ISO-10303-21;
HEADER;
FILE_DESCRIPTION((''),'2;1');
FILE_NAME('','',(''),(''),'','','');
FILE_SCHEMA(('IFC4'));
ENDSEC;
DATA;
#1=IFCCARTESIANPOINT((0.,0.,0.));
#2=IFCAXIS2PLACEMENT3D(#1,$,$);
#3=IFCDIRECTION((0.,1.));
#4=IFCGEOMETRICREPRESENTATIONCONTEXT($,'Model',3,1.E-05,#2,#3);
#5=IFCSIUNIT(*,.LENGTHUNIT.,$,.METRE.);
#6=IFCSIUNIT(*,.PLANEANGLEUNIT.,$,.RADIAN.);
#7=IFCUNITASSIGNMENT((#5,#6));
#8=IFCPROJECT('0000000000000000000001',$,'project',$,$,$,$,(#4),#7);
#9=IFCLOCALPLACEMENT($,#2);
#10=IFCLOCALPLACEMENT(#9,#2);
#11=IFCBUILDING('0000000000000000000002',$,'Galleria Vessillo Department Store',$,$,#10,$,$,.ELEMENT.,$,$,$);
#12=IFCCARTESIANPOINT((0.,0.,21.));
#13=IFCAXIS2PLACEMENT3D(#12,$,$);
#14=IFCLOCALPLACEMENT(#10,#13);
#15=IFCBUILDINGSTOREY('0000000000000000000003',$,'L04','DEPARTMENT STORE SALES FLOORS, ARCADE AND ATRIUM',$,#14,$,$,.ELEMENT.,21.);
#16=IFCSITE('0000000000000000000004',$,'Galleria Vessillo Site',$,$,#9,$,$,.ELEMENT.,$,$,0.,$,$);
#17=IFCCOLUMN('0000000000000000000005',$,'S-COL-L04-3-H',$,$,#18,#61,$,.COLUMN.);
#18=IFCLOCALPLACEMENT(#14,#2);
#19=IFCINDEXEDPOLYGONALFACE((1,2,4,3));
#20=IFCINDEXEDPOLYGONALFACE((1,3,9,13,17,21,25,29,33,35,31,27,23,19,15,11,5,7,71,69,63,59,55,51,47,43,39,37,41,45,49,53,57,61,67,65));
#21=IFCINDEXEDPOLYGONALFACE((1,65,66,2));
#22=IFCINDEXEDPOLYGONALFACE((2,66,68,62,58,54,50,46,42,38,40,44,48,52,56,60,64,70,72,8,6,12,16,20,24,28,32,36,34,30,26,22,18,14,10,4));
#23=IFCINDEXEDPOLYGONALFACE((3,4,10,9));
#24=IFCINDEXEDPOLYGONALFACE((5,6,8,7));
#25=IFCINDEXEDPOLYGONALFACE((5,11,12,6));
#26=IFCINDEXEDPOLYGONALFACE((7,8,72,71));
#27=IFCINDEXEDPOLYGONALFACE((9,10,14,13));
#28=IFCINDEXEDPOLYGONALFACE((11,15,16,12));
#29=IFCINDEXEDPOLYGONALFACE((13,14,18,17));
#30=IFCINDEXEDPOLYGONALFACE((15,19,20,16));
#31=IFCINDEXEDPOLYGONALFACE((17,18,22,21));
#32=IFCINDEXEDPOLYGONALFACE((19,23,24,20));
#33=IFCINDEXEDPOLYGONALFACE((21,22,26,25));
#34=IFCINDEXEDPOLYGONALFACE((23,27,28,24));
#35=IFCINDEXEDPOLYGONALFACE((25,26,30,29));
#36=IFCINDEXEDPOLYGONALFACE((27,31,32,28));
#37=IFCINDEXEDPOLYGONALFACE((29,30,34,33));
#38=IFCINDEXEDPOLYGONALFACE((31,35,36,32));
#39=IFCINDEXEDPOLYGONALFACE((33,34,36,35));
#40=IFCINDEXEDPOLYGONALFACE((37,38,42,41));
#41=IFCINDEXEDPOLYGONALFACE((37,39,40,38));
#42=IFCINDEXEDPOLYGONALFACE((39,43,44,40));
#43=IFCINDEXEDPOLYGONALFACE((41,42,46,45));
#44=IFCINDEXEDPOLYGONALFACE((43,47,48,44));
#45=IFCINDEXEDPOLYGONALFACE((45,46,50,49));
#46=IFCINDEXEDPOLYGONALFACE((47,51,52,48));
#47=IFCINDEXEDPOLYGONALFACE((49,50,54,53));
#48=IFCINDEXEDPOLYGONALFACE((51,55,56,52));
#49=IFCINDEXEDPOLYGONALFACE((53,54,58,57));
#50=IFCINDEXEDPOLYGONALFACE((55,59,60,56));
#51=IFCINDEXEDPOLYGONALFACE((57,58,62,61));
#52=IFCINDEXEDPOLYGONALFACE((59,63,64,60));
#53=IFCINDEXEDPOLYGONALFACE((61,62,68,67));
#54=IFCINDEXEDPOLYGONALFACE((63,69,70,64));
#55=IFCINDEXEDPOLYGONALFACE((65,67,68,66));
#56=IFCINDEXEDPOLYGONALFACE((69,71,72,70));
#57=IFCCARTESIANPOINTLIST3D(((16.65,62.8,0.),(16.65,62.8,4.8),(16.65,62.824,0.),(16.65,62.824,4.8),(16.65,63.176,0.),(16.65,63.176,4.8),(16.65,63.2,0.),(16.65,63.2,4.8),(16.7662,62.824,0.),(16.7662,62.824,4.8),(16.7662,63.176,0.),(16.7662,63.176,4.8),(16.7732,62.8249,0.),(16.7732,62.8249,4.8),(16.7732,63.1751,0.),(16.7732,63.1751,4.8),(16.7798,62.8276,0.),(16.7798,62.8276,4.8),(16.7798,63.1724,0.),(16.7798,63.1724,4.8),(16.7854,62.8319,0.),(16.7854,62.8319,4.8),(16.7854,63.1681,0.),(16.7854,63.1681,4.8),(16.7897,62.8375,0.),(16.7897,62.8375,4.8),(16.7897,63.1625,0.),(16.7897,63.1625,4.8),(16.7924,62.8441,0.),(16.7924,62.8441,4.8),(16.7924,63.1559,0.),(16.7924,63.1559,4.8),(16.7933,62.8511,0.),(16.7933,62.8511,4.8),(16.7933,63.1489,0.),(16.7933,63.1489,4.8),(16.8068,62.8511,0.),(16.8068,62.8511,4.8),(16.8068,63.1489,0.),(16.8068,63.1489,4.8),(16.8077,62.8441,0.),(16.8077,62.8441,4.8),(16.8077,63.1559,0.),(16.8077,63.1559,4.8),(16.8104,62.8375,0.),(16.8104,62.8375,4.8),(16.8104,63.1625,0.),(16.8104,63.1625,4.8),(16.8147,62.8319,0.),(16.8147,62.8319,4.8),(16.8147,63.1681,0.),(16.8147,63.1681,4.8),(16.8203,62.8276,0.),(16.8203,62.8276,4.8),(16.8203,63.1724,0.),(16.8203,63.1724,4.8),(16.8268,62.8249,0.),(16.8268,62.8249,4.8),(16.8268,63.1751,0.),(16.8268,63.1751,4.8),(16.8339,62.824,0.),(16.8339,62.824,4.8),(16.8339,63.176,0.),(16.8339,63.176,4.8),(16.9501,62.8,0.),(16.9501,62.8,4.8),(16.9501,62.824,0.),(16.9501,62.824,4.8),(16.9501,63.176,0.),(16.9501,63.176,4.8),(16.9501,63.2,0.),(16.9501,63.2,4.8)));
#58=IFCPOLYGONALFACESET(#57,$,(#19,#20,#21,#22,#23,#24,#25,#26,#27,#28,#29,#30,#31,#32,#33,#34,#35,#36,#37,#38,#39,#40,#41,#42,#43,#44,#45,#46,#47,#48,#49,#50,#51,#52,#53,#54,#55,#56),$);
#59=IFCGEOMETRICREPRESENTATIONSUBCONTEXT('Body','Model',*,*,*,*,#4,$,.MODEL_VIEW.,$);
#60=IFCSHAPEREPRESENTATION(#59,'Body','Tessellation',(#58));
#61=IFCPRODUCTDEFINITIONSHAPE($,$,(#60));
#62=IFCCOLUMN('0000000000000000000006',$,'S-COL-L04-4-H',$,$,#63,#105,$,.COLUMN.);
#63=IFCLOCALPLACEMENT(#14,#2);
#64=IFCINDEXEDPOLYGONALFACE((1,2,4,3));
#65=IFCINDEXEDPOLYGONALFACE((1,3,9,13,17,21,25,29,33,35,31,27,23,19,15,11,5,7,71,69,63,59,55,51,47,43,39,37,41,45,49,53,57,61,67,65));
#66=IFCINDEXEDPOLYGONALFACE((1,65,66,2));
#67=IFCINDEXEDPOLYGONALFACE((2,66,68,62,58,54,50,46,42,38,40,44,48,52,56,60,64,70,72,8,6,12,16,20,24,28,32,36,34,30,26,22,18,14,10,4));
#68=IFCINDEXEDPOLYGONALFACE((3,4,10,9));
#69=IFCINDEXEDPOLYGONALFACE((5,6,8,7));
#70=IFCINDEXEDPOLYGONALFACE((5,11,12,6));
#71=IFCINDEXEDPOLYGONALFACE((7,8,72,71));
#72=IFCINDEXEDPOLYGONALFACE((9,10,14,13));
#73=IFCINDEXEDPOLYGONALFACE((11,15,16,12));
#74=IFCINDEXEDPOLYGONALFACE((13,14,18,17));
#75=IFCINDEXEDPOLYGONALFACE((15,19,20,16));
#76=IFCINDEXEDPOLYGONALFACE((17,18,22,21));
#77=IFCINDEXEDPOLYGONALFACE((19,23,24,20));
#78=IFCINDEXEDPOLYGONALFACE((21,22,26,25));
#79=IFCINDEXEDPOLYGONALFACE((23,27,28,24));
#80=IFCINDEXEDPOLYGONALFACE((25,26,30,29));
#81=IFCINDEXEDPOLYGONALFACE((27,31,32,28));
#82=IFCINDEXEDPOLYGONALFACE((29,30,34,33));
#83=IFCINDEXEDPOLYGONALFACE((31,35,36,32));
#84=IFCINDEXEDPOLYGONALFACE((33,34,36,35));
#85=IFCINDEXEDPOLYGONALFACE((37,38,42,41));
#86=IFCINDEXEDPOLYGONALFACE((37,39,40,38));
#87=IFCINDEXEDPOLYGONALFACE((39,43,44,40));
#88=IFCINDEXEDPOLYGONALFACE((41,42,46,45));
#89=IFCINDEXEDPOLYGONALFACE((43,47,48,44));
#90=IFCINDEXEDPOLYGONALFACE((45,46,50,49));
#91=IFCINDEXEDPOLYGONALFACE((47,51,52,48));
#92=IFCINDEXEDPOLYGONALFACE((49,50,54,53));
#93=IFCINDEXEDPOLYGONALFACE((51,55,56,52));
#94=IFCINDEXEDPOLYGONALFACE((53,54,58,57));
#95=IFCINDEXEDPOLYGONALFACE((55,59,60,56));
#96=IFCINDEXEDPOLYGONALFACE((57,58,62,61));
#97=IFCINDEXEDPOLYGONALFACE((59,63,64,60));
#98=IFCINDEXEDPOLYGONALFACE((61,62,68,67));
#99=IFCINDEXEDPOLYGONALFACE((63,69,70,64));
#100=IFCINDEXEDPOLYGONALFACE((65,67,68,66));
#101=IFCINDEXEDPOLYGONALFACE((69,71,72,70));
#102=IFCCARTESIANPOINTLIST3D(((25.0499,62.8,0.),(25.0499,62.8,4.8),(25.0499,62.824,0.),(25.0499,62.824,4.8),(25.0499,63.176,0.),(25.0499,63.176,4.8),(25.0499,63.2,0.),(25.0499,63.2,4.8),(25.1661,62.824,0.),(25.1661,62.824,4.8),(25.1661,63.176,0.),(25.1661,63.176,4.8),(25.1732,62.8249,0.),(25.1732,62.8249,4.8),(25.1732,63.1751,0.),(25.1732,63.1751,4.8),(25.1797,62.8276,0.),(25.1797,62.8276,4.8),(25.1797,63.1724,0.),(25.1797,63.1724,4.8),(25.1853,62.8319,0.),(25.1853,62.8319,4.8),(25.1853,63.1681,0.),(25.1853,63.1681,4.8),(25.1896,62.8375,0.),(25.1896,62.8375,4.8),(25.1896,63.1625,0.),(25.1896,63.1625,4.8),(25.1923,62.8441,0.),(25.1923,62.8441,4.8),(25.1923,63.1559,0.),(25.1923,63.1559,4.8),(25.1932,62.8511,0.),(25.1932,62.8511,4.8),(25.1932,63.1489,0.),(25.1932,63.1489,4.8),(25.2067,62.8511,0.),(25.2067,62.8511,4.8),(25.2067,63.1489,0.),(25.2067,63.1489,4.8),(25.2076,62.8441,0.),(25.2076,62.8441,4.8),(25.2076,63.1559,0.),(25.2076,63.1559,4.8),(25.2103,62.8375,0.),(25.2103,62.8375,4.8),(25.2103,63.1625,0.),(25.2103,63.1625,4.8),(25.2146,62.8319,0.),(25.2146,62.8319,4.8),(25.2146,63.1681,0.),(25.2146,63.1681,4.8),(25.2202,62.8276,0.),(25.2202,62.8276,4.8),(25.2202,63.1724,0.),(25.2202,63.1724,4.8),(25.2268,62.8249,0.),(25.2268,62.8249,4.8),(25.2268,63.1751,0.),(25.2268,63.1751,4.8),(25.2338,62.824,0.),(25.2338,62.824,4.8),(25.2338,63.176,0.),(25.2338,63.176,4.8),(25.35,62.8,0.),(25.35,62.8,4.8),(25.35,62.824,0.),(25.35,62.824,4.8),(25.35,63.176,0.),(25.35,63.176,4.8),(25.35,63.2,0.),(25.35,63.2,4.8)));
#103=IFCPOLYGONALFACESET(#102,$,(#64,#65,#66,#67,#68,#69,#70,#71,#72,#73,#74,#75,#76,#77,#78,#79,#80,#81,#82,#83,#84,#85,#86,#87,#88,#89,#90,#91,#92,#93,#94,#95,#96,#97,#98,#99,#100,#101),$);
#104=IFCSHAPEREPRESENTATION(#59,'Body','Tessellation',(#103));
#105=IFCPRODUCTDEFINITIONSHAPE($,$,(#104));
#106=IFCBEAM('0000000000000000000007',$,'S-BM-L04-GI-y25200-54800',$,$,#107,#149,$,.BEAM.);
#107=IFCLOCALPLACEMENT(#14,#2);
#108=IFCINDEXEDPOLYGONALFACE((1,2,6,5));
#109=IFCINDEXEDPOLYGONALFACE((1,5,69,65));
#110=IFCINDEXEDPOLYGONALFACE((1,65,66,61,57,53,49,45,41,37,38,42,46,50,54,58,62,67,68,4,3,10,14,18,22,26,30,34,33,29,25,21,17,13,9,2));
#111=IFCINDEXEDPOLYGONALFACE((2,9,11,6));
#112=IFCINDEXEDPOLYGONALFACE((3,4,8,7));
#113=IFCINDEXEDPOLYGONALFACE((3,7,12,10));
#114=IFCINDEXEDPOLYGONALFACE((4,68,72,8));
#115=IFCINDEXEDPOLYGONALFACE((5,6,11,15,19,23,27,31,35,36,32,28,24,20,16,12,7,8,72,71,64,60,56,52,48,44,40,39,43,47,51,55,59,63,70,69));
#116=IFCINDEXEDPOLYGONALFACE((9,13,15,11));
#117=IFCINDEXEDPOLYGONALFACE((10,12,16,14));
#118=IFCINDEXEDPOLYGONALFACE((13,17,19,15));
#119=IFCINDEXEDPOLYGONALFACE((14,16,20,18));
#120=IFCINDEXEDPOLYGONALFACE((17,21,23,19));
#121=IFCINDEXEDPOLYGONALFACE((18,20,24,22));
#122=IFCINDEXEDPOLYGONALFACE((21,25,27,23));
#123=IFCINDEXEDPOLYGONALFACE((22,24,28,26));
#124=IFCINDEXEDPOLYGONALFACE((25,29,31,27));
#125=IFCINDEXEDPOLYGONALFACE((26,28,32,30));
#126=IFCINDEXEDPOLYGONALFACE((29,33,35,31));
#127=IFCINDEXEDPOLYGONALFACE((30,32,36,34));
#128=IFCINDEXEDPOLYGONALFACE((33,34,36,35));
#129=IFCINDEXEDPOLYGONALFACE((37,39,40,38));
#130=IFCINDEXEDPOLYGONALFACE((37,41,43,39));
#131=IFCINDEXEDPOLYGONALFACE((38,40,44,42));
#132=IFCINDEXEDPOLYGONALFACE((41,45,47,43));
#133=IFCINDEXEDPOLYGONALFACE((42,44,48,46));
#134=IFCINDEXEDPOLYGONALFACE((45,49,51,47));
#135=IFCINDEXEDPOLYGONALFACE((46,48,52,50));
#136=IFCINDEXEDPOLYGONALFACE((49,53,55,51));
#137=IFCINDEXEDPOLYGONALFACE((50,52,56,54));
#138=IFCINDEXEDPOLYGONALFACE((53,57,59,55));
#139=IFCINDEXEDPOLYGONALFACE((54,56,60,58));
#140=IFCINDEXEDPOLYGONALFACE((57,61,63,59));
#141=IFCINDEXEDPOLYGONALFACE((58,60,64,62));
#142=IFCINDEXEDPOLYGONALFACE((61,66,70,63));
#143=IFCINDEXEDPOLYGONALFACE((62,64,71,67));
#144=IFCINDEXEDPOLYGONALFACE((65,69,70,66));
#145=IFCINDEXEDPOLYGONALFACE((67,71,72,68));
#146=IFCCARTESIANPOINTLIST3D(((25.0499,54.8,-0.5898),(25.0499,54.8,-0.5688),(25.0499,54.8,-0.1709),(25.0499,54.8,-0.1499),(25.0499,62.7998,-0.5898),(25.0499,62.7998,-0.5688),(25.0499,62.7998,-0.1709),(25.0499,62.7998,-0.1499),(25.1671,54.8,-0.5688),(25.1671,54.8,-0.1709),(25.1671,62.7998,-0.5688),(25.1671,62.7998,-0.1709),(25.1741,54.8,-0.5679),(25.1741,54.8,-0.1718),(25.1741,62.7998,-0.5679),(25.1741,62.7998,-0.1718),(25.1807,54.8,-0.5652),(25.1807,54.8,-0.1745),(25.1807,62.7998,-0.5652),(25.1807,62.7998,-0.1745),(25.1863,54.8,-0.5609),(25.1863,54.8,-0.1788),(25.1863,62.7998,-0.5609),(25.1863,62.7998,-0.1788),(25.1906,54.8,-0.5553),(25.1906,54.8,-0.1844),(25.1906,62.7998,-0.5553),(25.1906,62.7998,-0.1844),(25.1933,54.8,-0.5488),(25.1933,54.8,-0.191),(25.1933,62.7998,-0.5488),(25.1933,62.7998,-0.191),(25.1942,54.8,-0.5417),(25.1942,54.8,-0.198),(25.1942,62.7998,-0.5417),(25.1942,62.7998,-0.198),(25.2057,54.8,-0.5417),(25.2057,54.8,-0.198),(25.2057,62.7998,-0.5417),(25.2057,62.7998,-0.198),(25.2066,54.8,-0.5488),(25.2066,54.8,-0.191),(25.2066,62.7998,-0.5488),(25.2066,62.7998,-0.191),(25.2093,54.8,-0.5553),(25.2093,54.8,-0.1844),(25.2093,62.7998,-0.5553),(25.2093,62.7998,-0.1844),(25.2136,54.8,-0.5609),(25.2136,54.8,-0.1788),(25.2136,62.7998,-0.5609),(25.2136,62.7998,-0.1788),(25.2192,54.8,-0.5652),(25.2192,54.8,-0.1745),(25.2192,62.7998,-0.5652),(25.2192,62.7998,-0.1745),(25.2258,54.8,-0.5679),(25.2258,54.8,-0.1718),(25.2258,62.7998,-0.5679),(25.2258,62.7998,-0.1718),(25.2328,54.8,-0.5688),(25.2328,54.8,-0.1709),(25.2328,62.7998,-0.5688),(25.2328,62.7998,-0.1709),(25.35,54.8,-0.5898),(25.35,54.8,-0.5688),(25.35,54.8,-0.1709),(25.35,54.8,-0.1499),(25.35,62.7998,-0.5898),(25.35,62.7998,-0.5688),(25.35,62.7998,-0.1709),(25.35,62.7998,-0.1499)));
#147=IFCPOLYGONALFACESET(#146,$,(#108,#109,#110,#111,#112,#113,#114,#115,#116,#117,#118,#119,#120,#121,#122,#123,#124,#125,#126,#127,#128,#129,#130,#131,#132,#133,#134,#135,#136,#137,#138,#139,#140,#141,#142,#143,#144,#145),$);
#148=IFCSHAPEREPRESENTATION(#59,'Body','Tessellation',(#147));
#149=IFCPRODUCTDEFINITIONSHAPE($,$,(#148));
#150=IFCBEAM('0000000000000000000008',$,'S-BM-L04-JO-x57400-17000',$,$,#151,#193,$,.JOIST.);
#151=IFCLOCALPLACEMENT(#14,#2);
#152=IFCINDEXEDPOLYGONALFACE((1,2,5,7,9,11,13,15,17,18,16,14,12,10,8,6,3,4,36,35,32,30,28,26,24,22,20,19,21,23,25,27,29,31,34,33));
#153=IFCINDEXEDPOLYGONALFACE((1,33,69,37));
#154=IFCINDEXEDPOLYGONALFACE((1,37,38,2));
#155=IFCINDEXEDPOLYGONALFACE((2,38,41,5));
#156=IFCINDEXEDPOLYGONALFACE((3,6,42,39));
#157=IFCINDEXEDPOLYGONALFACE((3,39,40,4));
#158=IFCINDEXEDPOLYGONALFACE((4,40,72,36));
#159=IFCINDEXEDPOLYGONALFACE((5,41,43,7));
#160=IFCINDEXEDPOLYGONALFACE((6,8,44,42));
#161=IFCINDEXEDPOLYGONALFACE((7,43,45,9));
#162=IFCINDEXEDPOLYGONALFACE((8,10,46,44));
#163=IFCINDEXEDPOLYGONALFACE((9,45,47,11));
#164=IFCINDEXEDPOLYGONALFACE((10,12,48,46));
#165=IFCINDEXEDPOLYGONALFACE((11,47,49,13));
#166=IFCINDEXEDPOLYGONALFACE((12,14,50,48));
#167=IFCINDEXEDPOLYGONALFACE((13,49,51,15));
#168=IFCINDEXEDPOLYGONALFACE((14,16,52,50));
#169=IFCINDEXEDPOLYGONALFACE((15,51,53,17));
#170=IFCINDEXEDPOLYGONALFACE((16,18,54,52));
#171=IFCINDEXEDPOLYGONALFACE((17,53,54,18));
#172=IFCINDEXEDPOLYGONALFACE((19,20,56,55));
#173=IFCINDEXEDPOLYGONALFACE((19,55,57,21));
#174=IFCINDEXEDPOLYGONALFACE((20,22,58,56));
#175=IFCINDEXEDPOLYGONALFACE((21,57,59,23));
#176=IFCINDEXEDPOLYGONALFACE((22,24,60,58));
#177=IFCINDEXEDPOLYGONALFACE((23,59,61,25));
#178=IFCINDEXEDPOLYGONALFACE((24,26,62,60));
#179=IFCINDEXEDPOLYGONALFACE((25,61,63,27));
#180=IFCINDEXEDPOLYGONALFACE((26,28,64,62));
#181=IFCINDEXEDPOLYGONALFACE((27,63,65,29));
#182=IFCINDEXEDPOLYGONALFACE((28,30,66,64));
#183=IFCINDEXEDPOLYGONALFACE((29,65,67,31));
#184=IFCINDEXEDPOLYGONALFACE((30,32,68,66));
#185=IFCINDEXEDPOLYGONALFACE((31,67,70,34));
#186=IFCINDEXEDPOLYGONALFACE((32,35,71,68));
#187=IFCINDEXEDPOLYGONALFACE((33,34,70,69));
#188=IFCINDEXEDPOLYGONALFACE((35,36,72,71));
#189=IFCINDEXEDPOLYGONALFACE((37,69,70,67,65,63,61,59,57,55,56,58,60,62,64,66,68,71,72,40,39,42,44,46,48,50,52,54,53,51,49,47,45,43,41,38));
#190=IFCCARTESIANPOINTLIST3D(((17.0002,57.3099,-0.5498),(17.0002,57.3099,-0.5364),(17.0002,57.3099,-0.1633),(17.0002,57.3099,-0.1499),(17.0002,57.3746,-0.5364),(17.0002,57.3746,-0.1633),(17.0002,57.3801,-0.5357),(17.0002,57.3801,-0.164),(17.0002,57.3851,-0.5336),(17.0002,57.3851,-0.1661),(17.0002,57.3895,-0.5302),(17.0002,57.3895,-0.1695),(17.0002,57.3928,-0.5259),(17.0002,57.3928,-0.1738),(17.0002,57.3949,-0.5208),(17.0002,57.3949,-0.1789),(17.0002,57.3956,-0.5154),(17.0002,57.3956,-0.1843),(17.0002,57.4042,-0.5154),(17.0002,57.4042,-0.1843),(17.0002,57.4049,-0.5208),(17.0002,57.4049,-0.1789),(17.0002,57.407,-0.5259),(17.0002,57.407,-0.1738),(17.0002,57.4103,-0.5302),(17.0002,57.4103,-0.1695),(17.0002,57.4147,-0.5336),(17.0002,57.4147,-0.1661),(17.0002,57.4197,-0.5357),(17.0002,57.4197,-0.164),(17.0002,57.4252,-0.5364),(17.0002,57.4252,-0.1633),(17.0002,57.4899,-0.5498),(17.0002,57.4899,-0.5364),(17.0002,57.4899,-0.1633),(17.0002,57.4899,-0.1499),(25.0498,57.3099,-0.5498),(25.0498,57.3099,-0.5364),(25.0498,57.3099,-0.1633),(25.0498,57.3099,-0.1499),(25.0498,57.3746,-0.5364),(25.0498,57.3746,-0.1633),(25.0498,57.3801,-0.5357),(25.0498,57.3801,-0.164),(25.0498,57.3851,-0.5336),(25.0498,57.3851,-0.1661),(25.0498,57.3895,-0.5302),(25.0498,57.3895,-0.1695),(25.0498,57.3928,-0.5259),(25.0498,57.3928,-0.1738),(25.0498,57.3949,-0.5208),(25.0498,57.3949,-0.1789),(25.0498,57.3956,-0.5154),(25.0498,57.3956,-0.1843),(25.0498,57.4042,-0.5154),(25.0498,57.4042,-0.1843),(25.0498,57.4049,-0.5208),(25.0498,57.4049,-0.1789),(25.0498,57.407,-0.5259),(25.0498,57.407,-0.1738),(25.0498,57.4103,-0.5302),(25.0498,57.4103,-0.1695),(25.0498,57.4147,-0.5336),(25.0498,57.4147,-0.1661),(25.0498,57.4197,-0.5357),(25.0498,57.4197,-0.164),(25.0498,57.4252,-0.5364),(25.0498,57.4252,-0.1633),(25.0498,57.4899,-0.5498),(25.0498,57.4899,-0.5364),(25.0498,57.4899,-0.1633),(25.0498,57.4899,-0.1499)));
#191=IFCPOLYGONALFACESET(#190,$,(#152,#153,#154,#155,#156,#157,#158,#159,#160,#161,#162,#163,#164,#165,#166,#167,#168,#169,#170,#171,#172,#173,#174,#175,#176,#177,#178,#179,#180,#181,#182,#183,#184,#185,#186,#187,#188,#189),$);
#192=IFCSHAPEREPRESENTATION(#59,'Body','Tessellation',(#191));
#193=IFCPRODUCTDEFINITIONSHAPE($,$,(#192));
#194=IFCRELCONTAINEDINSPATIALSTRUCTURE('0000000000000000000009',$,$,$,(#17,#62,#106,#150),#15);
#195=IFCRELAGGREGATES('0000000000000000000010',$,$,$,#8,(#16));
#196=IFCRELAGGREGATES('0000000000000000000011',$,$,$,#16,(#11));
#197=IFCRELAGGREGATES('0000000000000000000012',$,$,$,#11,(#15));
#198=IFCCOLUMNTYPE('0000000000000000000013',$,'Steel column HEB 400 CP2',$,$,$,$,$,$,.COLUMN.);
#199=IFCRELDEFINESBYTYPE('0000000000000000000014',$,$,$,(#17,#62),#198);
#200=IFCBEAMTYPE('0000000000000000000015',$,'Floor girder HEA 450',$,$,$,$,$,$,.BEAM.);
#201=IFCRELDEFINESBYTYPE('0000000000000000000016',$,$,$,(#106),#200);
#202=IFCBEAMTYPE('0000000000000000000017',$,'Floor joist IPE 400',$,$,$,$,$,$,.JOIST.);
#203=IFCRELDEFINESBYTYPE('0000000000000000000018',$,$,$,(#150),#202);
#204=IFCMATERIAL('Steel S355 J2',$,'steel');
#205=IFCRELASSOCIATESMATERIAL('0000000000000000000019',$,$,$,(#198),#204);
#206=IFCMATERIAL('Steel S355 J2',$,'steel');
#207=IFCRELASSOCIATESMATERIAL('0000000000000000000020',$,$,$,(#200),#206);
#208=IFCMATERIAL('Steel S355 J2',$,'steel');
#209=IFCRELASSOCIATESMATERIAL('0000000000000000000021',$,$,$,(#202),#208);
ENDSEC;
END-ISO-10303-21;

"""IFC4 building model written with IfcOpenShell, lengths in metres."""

from ifc_helpers import new_model, si_unit, direction, frame, origin, origin_2d, place, context, subcontext, project, spatial, i_section, extrude, material, material_profile, profile_set, type_object, element, save


model = new_model("IFC4")

# Units and contexts
model_context = context("Model", 3, precision=1e-05, world=origin(), true_north=direction((0.0, 1.0)))
body_context = subcontext(model_context, "Body", "Model", "MODEL_VIEW")
ifc_project = project(units=[si_unit("LENGTHUNIT", "METRE"), si_unit("PLANEANGLEUNIT", "RADIAN")], contexts=[model_context])

# Site, building, storey
site_placement = place(None, origin())
site = spatial("IfcSite", under=ifc_project, at=site_placement, Name="Galleria Vessillo Site", CompositionType="ELEMENT", RefElevation=0.0)
building_placement = place(site_placement, origin())
building = spatial("IfcBuilding", under=site, at=building_placement, Name="Galleria Vessillo Department Store", CompositionType="ELEMENT")
storey_placement = place(building_placement, frame((0.0, 0.0, 21.0)))
storey = spatial("IfcBuildingStorey", under=building, at=storey_placement, Name="L04", Description="DEPARTMENT STORE SALES FLOORS, ARCADE AND ATRIUM", CompositionType="ELEMENT", Elevation=21.0)

# Columns
ifc_material_1 = material(Name="Steel S355 J2", Category="steel")
ifc_material_profile_1 = material_profile(ifc_material_1, i_section(OverallWidth=0.3, OverallDepth=0.3999, WebThickness=0.0134, FlangeThickness=0.0239, FilletRadius=0.0271, at=origin_2d()), Name="HEB 400")
ifc_profile_set_1 = profile_set([ifc_material_profile_1], Name="Steel S355 J2")
column_type = type_object("IfcColumnType", Name="Steel column HEB 400 CP2", PredefinedType="COLUMN", material=ifc_profile_set_1)
for number, where, z_axis, x_axis, name in (
    (1, (16.8, 63.0, 0.0), (0.0, 0.0, 1.0), (1.0, 0.0, 0.0), "S-COL-L04-3-H"),
    (2, (25.2, 63.0, 0.0), (0.0, 0.0, 1.0), (1.0, 0.0, 0.0), "S-COL-L04-4-H"),
):
    element("IfcColumn", number, at=place(storey_placement, frame(where, z_axis=z_axis, x_axis=x_axis)), inside=storey, type_object=column_type, Name=name, PredefinedType="COLUMN", context=body_context, shape_type="SweptSolid", body=[
        extrude(i_section(OverallWidth=0.3, OverallDepth=0.3999, WebThickness=0.0134, FlangeThickness=0.0239, FilletRadius=0.0271, at=origin_2d()), origin(), (0.0, 0.0, 1.0), 4.8),
    ])

# Beams
ifc_material_2 = material(Name="Steel S355 J2", Category="steel")
ifc_material_profile_2 = material_profile(ifc_material_2, i_section(OverallWidth=0.3, OverallDepth=0.4399, WebThickness=0.0115, FlangeThickness=0.021, FilletRadius=0.0271, at=origin_2d()), Name="HEA 450")
ifc_profile_set_2 = profile_set([ifc_material_profile_2], Name="Steel S355 J2")
beam_type_1 = type_object("IfcBeamType", Name="Floor girder HEA 450", PredefinedType="BEAM", material=ifc_profile_set_2)
beam_placement = place(storey_placement, frame((25.2, 54.8, -0.3699), z_axis=(0.0, 1.0, 0.0), x_axis=(-1.0, 0.0, 0.0)))
element("IfcBeam", 3, at=beam_placement, inside=storey, type_object=beam_type_1, Name="S-BM-L04-GI-y25200-54800", PredefinedType="BEAM", context=body_context, shape_type="SweptSolid", body=[
    extrude(i_section(OverallWidth=0.3, OverallDepth=0.4399, WebThickness=0.0115, FlangeThickness=0.021, FilletRadius=0.0271, at=origin_2d()), origin(), (0.0, 0.0, 1.0), 7.9998),
])
ifc_material_3 = material(Name="Steel S355 J2", Category="steel")
ifc_material_profile_3 = material_profile(ifc_material_3, i_section(OverallWidth=0.1799, OverallDepth=0.3999, WebThickness=0.0085, FlangeThickness=0.0134, FilletRadius=0.021, at=origin_2d()), Name="IPE 400")
ifc_profile_set_3 = profile_set([ifc_material_profile_3], Name="Steel S355 J2")
beam_type_2 = type_object("IfcBeamType", Name="Floor joist IPE 400", PredefinedType="JOIST", material=ifc_profile_set_3)
for number, where, z_axis, x_axis, name in (
    (4, (17.0002, 57.3999, -0.3499), (1.0, 0.0, 0.0), (0.0, 1.0, 0.0), "S-BM-L04-JO-x57400-17000"),
):
    element("IfcBeam", number, at=place(storey_placement, frame(where, z_axis=z_axis, x_axis=x_axis)), inside=storey, type_object=beam_type_2, Name=name, PredefinedType="JOIST", context=body_context, shape_type="SweptSolid", body=[
        extrude(i_section(OverallWidth=0.1799, OverallDepth=0.3999, WebThickness=0.0085, FlangeThickness=0.0134, FilletRadius=0.021, at=origin_2d()), origin(), (0.0, 0.0, 1.0), 8.0496),
    ])

save(model, "model.ifc")
